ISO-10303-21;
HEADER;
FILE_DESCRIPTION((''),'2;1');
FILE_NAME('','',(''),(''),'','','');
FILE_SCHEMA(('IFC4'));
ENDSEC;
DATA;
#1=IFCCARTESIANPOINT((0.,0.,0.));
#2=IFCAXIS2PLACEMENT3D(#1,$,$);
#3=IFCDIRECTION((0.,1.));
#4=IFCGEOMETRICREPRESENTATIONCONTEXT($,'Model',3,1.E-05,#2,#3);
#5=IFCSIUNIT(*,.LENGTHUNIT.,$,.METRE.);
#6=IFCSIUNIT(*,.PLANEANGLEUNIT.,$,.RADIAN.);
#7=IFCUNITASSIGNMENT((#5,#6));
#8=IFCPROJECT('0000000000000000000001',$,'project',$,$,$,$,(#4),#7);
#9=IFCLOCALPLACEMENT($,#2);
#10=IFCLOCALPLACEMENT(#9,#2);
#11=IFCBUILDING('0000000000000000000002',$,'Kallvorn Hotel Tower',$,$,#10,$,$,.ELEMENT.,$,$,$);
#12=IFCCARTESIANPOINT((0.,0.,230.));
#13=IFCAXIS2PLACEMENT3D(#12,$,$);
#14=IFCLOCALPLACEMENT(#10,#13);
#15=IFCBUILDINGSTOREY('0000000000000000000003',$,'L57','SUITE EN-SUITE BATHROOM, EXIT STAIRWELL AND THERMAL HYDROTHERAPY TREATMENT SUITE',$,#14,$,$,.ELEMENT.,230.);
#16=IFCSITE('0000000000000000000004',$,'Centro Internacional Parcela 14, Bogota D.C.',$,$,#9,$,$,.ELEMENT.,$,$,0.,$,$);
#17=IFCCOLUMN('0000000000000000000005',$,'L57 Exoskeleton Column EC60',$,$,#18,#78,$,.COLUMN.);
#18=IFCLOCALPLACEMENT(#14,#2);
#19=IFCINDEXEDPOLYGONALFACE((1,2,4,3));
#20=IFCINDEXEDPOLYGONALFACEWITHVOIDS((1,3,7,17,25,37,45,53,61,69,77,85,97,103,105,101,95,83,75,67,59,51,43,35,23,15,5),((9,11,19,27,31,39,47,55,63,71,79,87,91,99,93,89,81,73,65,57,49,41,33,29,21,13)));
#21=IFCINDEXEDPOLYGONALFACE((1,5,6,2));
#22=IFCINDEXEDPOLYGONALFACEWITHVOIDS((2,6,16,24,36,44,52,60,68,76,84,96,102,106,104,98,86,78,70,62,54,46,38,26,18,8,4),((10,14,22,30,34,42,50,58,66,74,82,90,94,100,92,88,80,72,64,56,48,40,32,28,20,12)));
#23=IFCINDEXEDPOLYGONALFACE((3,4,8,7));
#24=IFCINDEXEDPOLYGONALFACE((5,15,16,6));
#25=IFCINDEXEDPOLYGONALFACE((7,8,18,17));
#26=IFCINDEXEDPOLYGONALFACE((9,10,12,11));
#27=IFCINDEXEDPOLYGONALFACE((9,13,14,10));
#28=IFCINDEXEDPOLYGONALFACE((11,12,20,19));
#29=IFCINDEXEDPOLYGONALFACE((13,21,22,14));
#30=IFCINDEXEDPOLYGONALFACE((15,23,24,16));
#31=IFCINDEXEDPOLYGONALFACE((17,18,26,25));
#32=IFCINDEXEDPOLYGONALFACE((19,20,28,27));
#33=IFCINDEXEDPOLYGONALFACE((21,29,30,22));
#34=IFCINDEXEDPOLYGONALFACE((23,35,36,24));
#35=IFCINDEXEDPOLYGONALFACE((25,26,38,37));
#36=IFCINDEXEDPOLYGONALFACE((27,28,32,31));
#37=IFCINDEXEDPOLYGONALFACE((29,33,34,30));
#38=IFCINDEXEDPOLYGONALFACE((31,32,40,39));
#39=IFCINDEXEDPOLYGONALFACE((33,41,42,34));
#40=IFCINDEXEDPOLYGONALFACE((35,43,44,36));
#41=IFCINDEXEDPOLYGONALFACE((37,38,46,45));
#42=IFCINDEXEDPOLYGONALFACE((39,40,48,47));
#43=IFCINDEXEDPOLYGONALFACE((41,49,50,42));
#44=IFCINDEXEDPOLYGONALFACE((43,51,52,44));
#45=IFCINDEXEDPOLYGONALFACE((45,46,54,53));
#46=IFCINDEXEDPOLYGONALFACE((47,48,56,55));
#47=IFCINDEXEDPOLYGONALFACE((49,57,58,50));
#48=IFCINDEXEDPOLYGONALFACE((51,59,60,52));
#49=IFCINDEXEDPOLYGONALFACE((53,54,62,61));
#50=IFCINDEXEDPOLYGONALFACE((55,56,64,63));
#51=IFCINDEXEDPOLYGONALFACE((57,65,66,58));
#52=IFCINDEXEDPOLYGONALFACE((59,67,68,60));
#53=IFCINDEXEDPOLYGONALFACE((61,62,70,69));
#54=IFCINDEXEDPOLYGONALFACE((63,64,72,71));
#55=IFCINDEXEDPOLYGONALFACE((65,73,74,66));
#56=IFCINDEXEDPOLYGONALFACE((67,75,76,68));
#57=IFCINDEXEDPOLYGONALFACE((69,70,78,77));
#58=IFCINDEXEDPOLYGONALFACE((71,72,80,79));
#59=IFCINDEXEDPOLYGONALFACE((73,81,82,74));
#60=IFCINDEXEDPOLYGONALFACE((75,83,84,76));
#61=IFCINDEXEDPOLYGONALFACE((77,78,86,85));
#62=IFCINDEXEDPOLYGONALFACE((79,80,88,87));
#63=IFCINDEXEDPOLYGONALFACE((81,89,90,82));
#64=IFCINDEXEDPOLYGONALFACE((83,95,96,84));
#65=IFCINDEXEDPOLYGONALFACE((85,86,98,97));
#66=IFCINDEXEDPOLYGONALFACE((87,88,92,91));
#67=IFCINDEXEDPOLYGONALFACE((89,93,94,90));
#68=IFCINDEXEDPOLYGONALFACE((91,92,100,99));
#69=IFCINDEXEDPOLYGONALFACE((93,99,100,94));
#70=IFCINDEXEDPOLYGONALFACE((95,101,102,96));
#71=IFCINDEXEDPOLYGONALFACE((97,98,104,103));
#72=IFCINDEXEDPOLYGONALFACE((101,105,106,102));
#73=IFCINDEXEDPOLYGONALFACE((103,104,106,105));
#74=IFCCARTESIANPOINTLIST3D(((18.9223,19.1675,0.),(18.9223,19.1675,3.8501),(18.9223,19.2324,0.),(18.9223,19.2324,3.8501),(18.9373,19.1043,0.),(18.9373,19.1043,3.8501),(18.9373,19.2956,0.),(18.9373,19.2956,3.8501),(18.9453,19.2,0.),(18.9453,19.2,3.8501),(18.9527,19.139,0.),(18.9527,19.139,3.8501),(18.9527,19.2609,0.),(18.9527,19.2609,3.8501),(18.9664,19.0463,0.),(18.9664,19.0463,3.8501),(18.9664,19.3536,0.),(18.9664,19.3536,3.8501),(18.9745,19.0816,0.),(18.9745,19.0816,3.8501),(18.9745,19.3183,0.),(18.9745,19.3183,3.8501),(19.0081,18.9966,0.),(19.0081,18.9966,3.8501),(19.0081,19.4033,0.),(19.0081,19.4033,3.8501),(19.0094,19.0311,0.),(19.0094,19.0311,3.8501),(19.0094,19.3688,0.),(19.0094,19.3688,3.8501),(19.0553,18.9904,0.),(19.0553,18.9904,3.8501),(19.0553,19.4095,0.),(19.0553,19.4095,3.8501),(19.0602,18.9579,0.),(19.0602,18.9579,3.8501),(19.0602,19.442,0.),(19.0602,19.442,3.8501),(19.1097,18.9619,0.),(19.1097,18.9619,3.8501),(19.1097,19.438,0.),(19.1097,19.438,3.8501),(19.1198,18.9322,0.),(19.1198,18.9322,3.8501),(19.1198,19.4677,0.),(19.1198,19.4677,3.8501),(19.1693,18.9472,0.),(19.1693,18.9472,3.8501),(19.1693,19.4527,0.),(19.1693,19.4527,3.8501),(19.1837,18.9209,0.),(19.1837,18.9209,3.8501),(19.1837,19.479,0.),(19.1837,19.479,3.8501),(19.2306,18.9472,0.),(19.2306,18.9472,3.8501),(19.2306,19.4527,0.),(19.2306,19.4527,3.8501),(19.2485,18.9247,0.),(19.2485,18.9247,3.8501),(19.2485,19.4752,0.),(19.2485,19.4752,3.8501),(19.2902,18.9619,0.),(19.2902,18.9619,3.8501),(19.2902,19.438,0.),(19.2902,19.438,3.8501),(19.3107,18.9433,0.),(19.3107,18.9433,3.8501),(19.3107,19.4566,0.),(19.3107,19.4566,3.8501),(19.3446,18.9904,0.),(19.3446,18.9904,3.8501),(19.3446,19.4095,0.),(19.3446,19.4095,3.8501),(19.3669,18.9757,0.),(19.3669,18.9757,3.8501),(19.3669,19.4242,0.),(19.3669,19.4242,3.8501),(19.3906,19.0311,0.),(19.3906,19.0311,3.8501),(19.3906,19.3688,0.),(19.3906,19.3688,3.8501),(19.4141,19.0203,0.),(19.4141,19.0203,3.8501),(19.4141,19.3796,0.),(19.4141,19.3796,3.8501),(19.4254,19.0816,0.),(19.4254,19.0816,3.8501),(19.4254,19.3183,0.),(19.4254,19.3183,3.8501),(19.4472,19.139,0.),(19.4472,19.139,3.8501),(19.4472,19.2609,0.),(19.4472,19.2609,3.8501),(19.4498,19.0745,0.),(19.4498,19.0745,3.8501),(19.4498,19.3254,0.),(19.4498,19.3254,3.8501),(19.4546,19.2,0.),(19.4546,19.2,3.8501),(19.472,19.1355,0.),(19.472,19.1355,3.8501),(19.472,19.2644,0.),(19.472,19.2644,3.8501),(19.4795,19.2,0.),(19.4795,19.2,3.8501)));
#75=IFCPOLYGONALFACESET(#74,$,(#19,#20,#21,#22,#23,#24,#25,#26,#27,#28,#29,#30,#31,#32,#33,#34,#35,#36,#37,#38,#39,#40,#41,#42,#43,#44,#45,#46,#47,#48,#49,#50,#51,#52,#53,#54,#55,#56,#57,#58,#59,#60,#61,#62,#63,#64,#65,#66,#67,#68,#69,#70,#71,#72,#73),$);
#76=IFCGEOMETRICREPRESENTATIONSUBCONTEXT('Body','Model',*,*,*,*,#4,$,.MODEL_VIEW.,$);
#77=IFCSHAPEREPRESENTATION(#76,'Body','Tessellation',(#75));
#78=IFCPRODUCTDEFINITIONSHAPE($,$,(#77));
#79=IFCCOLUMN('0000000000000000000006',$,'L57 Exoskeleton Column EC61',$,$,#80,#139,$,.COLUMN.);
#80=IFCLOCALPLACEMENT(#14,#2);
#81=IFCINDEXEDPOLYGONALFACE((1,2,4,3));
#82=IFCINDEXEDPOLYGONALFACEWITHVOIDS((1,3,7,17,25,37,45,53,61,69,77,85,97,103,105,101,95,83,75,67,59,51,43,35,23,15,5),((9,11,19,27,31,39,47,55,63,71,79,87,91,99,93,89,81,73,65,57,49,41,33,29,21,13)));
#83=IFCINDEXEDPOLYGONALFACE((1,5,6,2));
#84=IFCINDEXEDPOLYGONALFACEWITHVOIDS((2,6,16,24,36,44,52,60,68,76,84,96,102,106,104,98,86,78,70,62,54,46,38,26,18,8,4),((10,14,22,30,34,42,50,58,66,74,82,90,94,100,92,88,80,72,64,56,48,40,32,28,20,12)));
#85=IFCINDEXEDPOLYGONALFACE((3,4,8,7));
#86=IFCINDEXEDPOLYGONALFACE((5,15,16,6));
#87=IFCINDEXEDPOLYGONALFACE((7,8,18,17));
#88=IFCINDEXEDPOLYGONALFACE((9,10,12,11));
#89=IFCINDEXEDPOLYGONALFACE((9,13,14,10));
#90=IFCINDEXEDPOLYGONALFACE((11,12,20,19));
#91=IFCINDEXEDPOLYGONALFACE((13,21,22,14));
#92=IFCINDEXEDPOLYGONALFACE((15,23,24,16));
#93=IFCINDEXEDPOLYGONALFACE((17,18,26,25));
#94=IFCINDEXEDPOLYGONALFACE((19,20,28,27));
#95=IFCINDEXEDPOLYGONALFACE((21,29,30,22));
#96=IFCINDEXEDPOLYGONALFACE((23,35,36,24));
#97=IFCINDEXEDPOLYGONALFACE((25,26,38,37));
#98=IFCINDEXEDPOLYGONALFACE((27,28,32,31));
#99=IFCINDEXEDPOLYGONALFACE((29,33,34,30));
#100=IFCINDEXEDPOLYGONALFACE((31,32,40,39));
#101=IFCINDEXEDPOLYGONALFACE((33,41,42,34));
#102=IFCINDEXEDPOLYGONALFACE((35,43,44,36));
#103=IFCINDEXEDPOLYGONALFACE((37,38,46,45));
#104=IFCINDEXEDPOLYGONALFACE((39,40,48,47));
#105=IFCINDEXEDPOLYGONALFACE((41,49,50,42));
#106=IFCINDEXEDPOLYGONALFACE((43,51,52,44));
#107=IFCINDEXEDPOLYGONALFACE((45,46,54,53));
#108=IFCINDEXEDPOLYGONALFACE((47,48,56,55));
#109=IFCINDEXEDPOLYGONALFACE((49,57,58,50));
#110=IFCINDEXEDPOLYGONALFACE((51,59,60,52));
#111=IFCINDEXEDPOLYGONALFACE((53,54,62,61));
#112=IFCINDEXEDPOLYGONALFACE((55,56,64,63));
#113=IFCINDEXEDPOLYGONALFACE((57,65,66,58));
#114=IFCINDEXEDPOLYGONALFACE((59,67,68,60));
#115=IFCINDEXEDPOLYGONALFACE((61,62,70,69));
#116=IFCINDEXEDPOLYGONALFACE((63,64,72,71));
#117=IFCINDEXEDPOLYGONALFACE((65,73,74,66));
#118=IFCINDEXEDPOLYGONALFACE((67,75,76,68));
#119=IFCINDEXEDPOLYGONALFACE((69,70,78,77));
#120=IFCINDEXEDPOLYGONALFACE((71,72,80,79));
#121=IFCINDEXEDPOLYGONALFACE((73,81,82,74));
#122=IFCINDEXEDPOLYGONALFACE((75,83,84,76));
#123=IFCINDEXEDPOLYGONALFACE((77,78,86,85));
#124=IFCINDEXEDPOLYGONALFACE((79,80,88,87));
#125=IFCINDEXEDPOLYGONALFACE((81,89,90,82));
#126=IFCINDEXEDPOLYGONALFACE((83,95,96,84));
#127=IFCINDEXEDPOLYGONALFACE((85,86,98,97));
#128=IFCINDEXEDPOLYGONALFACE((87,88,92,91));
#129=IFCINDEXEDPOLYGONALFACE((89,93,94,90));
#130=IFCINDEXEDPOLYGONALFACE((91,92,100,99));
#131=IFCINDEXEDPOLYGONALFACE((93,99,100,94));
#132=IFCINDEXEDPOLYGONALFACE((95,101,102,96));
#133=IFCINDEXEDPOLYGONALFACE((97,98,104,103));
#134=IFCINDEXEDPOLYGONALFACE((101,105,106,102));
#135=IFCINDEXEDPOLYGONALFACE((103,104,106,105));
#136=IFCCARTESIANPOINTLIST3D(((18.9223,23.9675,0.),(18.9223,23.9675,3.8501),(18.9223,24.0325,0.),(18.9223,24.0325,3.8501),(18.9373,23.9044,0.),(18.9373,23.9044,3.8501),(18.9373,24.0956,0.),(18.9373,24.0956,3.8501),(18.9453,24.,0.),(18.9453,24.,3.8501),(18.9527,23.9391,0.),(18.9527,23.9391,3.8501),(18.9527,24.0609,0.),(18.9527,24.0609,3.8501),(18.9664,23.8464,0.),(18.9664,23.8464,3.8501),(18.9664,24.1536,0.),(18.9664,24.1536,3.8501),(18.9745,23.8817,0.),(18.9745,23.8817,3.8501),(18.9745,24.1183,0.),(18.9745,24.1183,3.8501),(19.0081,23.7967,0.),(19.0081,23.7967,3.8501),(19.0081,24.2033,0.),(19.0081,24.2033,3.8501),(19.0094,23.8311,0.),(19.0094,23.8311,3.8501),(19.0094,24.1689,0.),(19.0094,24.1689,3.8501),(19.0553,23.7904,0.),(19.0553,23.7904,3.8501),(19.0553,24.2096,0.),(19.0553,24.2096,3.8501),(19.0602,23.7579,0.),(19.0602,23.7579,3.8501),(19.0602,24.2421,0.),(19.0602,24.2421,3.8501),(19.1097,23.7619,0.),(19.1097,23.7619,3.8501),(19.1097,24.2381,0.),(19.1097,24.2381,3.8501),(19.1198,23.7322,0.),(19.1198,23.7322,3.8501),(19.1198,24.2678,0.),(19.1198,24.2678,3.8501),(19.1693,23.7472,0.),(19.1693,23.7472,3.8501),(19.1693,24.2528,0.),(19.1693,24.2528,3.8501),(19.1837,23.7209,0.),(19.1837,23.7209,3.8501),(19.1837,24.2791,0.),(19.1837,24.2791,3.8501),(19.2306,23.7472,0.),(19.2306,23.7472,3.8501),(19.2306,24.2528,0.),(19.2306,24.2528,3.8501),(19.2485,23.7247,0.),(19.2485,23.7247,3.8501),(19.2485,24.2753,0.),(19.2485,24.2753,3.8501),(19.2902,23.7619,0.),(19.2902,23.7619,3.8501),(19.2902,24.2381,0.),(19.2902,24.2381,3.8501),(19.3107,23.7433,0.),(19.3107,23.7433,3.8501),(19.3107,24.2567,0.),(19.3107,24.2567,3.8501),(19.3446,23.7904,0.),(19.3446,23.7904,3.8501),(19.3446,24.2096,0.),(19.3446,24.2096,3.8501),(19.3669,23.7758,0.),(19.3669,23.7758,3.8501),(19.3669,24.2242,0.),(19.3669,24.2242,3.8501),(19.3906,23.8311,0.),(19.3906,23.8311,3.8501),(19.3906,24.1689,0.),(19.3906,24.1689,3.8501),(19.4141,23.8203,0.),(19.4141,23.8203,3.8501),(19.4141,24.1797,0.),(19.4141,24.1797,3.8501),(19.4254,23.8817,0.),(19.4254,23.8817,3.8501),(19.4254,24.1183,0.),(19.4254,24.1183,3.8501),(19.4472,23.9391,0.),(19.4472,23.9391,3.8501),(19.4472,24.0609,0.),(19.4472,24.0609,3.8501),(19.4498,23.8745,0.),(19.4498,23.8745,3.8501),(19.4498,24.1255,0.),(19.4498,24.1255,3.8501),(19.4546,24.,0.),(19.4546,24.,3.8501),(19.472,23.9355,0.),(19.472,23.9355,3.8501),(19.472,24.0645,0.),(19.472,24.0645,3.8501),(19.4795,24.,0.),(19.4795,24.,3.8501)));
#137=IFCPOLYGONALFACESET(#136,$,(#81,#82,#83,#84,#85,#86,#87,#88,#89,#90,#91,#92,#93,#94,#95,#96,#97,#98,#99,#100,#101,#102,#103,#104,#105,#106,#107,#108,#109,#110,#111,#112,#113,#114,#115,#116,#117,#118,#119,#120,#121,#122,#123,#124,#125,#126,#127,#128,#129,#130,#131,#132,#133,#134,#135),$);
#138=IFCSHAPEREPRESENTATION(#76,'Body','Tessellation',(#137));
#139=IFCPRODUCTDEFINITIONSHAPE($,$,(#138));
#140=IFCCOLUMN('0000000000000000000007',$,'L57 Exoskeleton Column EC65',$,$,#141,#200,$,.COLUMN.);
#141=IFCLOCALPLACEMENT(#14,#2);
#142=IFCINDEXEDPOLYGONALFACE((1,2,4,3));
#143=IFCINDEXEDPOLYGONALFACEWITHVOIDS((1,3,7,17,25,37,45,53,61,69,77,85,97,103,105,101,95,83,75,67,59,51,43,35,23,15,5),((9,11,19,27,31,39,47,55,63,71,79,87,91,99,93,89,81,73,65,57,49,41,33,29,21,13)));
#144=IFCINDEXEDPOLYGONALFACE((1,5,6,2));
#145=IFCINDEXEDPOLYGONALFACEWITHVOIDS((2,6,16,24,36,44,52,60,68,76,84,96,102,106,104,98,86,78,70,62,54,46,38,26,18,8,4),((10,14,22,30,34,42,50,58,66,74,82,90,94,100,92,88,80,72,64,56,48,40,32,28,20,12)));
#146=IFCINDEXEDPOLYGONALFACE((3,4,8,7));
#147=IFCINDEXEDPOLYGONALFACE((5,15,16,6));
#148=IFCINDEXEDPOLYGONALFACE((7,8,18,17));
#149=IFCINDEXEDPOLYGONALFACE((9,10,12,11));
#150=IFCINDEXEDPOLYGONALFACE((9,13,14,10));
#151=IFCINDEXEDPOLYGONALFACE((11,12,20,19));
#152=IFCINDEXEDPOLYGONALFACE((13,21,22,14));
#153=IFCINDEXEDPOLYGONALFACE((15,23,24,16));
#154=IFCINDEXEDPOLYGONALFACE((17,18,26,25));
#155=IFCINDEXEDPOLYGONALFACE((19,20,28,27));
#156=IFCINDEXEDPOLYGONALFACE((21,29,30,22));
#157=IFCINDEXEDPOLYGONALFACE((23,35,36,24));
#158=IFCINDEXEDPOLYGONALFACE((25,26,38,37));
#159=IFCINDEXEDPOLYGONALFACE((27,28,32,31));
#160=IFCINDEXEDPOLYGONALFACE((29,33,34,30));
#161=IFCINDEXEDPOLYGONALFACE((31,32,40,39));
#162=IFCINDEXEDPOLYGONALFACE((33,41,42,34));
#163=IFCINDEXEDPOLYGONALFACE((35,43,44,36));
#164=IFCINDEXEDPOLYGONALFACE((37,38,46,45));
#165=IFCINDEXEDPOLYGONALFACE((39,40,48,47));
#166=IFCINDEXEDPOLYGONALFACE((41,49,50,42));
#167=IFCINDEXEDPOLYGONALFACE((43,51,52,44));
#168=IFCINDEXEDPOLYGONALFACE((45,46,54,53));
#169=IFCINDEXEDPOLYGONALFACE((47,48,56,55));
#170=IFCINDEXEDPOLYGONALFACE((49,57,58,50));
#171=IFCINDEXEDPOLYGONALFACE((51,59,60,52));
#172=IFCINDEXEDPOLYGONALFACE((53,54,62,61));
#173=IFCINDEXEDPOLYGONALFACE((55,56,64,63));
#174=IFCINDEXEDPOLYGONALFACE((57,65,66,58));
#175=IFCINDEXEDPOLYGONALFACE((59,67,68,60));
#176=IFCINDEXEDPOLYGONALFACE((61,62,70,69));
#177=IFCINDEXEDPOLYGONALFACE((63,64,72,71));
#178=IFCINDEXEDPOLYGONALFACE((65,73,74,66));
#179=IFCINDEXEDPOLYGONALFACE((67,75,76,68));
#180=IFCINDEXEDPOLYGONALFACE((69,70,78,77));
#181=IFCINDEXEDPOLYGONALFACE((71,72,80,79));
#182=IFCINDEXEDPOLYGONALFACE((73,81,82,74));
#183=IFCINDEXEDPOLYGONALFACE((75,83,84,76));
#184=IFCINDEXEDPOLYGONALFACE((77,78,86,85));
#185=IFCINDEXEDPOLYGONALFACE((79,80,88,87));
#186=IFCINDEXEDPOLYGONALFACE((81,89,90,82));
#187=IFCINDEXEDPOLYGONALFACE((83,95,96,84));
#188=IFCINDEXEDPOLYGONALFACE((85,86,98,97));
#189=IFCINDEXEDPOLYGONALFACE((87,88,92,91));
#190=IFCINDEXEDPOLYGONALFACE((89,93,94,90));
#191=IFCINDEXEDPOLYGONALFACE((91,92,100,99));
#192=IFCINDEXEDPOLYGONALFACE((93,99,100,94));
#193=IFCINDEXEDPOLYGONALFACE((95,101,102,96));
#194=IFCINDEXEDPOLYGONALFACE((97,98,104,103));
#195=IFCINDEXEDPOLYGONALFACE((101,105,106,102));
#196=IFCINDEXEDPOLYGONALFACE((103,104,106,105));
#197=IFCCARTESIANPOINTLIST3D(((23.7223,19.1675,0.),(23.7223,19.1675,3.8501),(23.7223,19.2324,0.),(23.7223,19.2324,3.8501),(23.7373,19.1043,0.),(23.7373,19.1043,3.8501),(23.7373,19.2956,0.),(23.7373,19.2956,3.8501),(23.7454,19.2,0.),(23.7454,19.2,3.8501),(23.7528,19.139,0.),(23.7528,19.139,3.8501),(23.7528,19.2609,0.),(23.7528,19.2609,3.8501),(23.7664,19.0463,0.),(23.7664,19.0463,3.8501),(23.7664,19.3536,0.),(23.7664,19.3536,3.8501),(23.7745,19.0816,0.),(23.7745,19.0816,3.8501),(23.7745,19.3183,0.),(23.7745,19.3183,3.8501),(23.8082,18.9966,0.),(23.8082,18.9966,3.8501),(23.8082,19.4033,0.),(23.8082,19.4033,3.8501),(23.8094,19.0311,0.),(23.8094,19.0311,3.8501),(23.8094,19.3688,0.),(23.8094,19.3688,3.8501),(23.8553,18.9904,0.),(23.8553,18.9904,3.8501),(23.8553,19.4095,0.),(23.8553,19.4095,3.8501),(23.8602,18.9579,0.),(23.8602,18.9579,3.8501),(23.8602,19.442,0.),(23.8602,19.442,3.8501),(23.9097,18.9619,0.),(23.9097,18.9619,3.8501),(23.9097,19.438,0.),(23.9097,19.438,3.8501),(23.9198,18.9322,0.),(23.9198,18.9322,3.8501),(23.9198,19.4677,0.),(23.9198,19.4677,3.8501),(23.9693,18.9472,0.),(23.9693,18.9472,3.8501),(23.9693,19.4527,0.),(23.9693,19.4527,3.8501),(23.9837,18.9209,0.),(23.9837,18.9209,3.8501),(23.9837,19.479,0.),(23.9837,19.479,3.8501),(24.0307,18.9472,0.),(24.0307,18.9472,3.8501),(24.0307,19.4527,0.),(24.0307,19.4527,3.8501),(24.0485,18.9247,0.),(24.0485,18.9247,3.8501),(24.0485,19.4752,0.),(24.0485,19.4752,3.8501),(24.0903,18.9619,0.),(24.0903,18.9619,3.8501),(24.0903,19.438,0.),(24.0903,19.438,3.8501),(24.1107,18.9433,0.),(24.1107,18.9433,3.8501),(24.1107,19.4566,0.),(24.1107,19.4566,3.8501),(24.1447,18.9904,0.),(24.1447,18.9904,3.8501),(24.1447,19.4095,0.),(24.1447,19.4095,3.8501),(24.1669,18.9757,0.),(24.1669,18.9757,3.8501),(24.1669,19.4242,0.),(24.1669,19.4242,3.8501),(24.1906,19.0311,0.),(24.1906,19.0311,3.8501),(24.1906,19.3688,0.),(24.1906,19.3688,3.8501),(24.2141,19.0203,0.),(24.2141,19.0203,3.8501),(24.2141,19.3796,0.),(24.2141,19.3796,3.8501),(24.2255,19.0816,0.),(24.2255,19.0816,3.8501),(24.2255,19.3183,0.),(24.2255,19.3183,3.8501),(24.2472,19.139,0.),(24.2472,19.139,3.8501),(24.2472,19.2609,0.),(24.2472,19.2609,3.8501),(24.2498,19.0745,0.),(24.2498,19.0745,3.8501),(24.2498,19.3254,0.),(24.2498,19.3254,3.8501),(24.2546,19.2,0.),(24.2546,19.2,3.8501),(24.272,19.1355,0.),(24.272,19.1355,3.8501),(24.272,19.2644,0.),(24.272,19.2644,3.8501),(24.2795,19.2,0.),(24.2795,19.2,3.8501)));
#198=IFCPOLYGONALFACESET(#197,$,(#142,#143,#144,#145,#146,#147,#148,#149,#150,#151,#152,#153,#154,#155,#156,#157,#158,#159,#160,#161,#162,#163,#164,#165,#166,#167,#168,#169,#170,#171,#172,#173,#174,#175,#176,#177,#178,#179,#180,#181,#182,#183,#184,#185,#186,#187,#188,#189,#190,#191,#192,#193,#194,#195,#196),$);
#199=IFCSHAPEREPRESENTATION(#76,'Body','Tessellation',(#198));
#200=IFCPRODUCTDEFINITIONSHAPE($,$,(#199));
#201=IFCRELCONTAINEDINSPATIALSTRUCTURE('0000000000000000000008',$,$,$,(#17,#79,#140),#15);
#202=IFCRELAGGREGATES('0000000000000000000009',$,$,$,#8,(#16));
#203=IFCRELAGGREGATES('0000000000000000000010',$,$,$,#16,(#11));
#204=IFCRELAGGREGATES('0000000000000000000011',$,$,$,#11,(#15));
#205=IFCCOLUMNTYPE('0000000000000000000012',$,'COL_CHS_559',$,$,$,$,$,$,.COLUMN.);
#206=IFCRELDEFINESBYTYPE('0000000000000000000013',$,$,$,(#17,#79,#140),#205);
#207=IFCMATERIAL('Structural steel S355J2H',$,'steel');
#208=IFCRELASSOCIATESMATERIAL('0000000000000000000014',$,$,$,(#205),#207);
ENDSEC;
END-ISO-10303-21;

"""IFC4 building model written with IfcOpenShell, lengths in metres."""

from ifc_helpers import new_model, si_unit, direction, frame, origin, origin_2d, place, context, subcontext, project, spatial, hollow_circle, extrude, material, material_profile, profile_set, type_object, element, save


model = new_model("IFC4")

# Units and contexts
model_context = context("Model", 3, precision=1e-05, world=origin(), true_north=direction((0.0, 1.0)))
body_context = subcontext(model_context, "Body", "Model", "MODEL_VIEW")
ifc_project = project(units=[si_unit("LENGTHUNIT", "METRE"), si_unit("PLANEANGLEUNIT", "RADIAN")], contexts=[model_context])

# Site, building, storey
site_placement = place(None, origin())
site = spatial("IfcSite", under=ifc_project, at=site_placement, Name="Centro Internacional Parcela 14, Bogota D.C.", CompositionType="ELEMENT", RefElevation=0.0)
building_placement = place(site_placement, origin())
building = spatial("IfcBuilding", under=site, at=building_placement, Name="Kallvorn Hotel Tower", CompositionType="ELEMENT")
storey_placement = place(building_placement, frame((0.0, 0.0, 230.0)))
storey = spatial("IfcBuildingStorey", under=building, at=storey_placement, Name="L57", Description="SUITE EN-SUITE BATHROOM, EXIT STAIRWELL AND THERMAL HYDROTHERAPY TREATMENT SUITE", CompositionType="ELEMENT", Elevation=230.0)

# Columns
ifc_material_1 = material(Name="Structural steel S355J2H", Category="steel")
ifc_material_profile_1 = material_profile(ifc_material_1, hollow_circle(Radius=0.2795, WallThickness=0.0249, at=origin_2d()), Name="CHS 559x25")
ifc_profile_set_1 = profile_set([ifc_material_profile_1], Name="Structural steel S355J2H")
column_type = type_object("IfcColumnType", Name="COL_CHS_559", PredefinedType="COLUMN", material=ifc_profile_set_1)
for number, where, z_axis, x_axis, name in (
    (1, (19.2, 19.2, 0.0), (0.0, 0.0, 1.0), (1.0, 0.0, 0.0), "L57 Exoskeleton Column EC60"),
    (2, (19.2, 24.0, 0.0), (0.0, 0.0, 1.0), (1.0, 0.0, 0.0), "L57 Exoskeleton Column EC61"),
    (3, (24.0, 19.2, 0.0), (0.0, 0.0, 1.0), (1.0, 0.0, 0.0), "L57 Exoskeleton Column EC65"),
):
    element("IfcColumn", number, at=place(storey_placement, frame(where, z_axis=z_axis, x_axis=x_axis)), inside=storey, type_object=column_type, Name=name, PredefinedType="COLUMN", context=body_context, shape_type="SweptSolid", body=[
        extrude(hollow_circle(Radius=0.2795, WallThickness=0.0249, at=origin_2d()), origin(), (0.0, 0.0, 1.0), 3.8501),
    ])

save(model, "model.ifc")
